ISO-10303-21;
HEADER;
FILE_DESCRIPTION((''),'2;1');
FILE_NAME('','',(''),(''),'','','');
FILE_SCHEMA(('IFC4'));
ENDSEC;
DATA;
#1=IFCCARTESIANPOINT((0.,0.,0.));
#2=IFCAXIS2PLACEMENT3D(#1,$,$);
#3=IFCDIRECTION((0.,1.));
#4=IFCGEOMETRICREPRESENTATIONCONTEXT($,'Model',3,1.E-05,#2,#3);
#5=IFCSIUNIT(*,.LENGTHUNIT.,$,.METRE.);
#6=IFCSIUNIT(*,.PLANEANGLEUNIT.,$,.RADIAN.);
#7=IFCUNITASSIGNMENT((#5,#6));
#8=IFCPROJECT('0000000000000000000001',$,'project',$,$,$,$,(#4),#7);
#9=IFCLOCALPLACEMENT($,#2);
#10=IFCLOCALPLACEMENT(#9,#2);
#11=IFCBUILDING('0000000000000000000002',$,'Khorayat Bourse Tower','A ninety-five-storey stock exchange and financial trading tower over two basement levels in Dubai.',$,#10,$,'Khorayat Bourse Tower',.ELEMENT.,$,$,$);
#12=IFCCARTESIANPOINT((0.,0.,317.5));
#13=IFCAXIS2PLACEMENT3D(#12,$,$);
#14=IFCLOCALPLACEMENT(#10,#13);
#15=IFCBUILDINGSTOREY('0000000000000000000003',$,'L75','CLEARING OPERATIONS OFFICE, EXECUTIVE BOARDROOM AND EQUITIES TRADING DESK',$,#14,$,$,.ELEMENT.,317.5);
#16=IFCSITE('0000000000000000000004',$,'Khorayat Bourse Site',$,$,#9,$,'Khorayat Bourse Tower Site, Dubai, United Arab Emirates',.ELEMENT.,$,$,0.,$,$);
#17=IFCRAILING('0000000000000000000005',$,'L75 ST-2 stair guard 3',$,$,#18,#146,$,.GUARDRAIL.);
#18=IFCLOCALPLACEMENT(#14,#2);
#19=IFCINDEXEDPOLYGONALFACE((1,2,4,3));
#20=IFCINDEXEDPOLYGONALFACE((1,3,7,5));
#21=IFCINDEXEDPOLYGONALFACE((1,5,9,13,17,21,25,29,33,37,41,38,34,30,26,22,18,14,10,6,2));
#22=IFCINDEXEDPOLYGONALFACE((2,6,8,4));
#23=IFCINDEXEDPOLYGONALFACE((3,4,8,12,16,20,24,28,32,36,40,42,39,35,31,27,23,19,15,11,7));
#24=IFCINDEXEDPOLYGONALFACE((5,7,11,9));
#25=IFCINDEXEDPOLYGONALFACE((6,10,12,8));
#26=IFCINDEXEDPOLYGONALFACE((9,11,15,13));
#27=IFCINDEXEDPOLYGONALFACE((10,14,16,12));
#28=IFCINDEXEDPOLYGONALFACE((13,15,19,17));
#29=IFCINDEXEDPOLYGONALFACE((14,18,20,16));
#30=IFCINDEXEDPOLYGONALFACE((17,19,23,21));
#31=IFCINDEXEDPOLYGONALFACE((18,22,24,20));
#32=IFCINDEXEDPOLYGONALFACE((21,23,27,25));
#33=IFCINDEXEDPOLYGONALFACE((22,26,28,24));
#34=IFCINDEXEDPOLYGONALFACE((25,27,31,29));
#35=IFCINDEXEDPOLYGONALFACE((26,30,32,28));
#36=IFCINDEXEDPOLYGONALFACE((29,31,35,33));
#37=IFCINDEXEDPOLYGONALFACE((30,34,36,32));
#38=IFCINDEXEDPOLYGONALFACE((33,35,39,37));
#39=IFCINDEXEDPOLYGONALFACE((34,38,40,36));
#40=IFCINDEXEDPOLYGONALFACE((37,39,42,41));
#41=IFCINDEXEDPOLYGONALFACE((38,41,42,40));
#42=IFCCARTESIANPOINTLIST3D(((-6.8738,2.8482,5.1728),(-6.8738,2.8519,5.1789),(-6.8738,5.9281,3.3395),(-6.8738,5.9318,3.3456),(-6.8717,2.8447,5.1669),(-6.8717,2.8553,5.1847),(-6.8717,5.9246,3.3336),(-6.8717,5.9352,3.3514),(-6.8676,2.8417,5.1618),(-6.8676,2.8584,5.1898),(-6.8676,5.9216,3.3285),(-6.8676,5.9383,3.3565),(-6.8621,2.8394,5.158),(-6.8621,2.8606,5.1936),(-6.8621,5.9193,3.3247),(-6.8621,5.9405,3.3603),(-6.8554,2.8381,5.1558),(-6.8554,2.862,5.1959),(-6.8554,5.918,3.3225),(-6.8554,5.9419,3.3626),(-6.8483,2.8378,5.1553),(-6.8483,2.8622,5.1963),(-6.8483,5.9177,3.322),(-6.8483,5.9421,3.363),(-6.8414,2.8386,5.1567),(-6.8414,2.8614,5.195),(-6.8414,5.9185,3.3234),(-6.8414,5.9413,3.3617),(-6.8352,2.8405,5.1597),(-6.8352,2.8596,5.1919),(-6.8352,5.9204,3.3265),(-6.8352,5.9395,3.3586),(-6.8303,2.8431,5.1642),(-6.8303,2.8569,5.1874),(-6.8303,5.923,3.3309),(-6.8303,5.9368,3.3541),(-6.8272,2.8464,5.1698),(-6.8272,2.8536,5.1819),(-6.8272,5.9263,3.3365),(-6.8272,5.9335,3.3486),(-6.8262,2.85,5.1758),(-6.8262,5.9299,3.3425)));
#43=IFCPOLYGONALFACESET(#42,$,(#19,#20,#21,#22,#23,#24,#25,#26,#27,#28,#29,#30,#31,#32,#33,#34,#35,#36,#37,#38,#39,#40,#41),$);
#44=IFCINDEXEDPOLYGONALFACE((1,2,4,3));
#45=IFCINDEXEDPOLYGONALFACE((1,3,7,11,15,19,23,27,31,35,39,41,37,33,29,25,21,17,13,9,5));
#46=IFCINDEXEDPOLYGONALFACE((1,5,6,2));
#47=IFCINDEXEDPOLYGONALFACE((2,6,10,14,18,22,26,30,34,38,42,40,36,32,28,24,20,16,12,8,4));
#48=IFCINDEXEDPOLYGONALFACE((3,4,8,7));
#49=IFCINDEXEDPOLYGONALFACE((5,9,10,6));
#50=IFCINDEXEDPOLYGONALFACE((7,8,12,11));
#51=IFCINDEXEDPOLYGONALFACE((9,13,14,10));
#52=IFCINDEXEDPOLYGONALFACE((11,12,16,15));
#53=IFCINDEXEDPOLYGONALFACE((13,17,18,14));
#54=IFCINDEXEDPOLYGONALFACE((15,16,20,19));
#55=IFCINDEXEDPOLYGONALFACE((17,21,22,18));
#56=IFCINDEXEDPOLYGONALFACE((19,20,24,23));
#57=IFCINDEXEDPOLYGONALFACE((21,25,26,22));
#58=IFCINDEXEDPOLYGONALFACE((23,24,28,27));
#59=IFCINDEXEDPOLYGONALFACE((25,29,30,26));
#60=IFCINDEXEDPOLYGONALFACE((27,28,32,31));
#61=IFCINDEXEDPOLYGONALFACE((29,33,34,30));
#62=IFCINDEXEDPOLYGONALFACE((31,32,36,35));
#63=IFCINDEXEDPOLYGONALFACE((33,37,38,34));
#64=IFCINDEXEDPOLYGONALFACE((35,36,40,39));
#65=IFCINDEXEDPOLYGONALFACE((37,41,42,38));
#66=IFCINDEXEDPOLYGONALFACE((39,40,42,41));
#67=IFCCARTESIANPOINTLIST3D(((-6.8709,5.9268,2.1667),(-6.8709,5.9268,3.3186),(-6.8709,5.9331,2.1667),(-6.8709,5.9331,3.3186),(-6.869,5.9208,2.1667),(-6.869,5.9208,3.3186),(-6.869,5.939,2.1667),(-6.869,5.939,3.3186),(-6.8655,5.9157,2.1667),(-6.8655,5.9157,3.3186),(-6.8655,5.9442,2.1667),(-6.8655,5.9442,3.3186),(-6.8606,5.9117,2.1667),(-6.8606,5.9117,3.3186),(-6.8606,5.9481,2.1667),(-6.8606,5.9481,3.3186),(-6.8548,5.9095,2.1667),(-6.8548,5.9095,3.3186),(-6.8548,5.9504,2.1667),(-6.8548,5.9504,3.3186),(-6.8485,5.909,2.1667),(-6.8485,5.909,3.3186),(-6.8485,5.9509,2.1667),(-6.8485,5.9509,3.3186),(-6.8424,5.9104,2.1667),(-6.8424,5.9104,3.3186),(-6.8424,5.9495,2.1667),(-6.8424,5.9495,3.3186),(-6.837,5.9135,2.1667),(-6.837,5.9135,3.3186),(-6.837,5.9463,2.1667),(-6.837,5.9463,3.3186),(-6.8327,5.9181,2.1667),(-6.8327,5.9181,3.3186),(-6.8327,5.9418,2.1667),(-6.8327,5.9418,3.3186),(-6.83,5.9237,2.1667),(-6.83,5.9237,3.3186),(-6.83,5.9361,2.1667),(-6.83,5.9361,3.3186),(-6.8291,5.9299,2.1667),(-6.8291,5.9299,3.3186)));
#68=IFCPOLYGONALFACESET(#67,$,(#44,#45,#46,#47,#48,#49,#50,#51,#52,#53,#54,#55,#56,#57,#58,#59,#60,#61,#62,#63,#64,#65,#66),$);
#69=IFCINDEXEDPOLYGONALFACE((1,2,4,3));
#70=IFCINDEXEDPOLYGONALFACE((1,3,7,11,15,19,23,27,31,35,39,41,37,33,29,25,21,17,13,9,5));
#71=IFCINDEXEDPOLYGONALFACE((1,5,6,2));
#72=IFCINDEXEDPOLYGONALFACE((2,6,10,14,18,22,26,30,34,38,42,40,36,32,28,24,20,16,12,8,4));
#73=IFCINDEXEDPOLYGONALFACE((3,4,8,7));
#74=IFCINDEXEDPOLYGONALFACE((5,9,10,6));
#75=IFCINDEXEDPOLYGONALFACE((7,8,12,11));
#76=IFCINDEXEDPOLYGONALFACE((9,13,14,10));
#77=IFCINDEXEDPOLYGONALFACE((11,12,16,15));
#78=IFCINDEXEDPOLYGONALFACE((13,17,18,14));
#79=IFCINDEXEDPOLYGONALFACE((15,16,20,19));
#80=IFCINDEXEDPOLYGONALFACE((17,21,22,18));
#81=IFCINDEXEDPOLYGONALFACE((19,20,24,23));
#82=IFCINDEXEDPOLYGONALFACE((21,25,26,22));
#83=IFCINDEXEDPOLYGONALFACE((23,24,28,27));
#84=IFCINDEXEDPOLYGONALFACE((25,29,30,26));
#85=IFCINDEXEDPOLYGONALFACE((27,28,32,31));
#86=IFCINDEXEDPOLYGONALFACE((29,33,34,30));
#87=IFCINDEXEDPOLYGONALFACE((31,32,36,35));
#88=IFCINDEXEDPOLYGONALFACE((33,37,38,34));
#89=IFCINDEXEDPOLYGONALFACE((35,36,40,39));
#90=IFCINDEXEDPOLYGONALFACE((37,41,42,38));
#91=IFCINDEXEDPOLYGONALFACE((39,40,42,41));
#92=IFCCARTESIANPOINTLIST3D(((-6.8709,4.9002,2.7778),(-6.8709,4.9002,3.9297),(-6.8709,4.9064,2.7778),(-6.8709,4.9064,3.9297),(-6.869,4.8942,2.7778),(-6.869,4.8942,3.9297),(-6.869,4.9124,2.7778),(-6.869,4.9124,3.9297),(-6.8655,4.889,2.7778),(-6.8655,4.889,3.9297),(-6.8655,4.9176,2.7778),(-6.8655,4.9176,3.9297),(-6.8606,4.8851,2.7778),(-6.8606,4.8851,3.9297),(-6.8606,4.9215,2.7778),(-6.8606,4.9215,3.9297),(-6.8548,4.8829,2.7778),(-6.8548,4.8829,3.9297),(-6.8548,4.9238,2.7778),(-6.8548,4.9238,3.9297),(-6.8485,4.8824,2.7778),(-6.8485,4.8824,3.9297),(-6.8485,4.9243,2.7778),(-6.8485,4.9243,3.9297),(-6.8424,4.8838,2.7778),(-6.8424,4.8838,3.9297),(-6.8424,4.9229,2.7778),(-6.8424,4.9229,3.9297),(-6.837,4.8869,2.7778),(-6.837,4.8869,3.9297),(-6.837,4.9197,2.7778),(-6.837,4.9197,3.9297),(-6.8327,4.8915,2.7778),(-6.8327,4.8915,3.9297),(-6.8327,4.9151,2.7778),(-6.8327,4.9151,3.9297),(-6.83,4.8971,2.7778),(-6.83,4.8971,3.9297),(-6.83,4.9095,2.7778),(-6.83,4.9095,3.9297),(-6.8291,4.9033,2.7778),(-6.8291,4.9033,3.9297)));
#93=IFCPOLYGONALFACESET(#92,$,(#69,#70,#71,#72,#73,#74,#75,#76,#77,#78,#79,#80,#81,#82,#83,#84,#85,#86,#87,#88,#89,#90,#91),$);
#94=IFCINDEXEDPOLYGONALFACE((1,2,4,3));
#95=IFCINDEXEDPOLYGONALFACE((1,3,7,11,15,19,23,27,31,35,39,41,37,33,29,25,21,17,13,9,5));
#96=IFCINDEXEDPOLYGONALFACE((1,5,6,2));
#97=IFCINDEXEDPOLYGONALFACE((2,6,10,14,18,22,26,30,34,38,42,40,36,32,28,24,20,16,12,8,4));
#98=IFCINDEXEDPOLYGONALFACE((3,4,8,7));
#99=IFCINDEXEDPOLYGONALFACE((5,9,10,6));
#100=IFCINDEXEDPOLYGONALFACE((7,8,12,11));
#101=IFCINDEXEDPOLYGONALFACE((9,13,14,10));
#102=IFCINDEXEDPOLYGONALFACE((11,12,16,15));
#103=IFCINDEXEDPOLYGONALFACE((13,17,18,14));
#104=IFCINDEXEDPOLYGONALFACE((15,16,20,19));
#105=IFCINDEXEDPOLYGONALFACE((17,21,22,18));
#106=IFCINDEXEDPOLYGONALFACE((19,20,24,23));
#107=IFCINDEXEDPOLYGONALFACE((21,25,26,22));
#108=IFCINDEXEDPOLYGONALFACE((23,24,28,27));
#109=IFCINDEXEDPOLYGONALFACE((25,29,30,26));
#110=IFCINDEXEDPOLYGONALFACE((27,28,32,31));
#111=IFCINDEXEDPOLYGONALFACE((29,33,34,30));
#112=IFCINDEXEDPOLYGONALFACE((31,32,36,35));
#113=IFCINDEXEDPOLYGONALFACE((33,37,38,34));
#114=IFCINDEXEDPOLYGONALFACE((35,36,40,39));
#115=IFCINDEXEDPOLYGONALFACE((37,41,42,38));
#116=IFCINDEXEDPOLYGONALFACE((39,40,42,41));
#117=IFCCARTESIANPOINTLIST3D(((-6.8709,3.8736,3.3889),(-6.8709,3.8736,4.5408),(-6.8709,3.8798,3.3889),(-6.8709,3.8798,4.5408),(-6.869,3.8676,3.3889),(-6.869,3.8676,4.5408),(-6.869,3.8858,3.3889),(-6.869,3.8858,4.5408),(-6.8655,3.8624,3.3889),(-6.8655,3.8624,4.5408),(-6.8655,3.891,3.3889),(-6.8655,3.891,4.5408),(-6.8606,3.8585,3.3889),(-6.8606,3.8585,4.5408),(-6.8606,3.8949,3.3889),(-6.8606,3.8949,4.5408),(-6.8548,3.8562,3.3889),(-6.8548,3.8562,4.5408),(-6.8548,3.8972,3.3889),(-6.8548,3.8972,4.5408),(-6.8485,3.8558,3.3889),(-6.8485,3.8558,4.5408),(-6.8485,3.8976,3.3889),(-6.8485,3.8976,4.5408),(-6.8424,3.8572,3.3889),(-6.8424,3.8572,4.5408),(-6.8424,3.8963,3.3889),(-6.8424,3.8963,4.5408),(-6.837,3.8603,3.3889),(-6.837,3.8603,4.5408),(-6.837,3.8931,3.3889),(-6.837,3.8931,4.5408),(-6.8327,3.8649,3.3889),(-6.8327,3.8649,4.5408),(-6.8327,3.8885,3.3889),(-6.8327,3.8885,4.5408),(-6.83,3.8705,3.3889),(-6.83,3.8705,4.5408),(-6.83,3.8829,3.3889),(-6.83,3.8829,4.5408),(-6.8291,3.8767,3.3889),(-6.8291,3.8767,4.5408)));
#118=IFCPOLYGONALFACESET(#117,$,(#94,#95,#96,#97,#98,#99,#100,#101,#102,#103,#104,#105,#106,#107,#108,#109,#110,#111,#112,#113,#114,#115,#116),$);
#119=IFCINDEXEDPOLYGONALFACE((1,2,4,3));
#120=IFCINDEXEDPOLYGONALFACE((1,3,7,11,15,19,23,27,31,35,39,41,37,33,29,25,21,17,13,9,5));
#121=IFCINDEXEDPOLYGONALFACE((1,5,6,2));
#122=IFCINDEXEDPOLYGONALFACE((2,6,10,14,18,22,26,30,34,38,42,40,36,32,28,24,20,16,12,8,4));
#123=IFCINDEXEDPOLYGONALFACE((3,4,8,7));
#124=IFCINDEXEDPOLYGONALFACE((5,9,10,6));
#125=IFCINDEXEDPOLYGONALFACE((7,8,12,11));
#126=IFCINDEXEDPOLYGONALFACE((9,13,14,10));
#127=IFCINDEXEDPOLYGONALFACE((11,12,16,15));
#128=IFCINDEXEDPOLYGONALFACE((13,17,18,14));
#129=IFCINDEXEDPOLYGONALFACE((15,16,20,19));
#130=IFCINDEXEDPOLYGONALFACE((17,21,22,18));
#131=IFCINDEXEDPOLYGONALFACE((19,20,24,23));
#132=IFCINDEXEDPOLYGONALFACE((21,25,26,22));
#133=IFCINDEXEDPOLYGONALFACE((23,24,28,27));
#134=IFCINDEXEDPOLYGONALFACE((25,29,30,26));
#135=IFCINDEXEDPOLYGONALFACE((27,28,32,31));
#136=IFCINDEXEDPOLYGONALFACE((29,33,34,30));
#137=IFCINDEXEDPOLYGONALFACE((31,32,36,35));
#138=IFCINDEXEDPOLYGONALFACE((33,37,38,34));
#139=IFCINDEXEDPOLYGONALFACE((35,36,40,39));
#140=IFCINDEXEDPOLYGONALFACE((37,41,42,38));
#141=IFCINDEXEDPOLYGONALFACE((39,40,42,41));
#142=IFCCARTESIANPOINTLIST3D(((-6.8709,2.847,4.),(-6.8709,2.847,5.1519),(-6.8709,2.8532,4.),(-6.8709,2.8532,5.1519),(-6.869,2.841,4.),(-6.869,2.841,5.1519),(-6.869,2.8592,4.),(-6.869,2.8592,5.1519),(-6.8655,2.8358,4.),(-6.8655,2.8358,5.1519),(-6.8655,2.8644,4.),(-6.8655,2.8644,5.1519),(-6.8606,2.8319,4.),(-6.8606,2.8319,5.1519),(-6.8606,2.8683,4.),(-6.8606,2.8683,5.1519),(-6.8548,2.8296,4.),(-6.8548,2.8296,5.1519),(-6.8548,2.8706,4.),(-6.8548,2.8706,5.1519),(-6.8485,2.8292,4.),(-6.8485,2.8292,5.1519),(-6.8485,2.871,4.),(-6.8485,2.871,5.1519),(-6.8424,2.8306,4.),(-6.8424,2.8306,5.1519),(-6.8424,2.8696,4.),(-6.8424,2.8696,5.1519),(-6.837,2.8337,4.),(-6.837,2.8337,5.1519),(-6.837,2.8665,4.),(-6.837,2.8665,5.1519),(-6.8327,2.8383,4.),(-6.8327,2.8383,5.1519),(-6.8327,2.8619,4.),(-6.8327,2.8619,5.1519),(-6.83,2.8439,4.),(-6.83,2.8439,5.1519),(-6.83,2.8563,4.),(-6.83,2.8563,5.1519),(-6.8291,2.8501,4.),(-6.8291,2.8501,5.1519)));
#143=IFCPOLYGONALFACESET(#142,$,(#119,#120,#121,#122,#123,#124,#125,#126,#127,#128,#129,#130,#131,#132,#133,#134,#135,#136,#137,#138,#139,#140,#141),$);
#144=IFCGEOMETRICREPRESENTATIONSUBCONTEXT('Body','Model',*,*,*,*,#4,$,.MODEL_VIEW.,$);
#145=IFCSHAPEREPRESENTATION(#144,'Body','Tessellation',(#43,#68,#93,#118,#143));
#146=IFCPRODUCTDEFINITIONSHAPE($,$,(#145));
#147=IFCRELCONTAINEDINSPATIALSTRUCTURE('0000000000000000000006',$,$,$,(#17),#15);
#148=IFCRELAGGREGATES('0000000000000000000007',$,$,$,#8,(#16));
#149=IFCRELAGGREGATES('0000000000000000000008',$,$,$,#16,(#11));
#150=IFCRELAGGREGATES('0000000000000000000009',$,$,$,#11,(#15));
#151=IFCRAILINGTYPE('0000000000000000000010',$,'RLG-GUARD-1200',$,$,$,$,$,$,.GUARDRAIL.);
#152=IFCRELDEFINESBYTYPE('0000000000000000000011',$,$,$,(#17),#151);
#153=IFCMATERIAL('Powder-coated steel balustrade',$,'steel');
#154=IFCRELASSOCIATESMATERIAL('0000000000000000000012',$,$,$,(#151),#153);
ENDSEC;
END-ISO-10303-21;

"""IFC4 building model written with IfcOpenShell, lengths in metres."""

from ifc_helpers import new_model, si_unit, direction, frame, origin, origin_2d, place, context, subcontext, project, spatial, circle, extrude, source, transform, mapped, material, type_object, element, save


model = new_model("IFC4")

# Units and contexts
model_context = context("Model", 3, precision=1e-05, world=origin(), true_north=direction((0.0, 1.0)))
body_context = subcontext(model_context, "Body", "Model", "MODEL_VIEW")
ifc_project = project(units=[si_unit("LENGTHUNIT", "METRE"), si_unit("PLANEANGLEUNIT", "RADIAN")], contexts=[model_context])

# Site, building, storey
site_placement = place(None, origin())
site = spatial("IfcSite", under=ifc_project, at=site_placement, Name="Khorayat Bourse Site", LongName="Khorayat Bourse Tower Site, Dubai, United Arab Emirates", CompositionType="ELEMENT", RefElevation=0.0)
building_placement = place(site_placement, origin())
building = spatial("IfcBuilding", under=site, at=building_placement, Name="Khorayat Bourse Tower", Description="A ninety-five-storey stock exchange and financial trading tower over two basement levels in Dubai.", LongName="Khorayat Bourse Tower", CompositionType="ELEMENT")
storey_placement = place(building_placement, frame((0.0, 0.0, 317.5)))
storey = spatial("IfcBuildingStorey", under=building, at=storey_placement, Name="L75", Description="CLEARING OPERATIONS OFFICE, EXECUTIVE BOARDROOM AND EQUITIES TRADING DESK", CompositionType="ELEMENT", Elevation=317.5)

# Railing
ifc_material_1 = material(Name="Powder-coated steel balustrade", Category="steel")
railing_type_1 = type_object("IfcRailingType", Name="RLG-GUARD-1200", PredefinedType="GUARDRAIL", material=ifc_material_1)
shared_shape_1 = source(origin(), body_context, "Body", "SweptSolid", [
    extrude(circle(Radius=0.0239, at=origin_2d()), frame((0.0, 0.0, 1.1758), z_axis=(0.0, -0.859291, 0.511487), x_axis=(1.0, 0.0, 0.0)), (0.0, 0.0, 1.0), 3.5842),
    extrude(circle(Radius=0.021, at=origin_2d()), origin(), (0.0, 0.0, 1.0), 1.1519),
    extrude(circle(Radius=0.021, at=origin_2d()), frame((0.0, -1.0266, 0.6111)), (0.0, 0.0, 1.0), 1.1519),
    extrude(circle(Radius=0.021, at=origin_2d()), frame((0.0, -2.0532, 1.2222)), (0.0, 0.0, 1.0), 1.1519),
    extrude(circle(Radius=0.021, at=origin_2d()), frame((0.0, -3.0798, 1.8333)), (0.0, 0.0, 1.0), 1.1519),
])
railing_1_placement = place(storey_placement, frame((-6.8501, 5.9299, 2.1667)))
element("IfcRailing", 1, at=railing_1_placement, inside=storey, type_object=railing_type_1, Name="L75 ST-2 stair guard 3", PredefinedType="GUARDRAIL", context=body_context, shape_type="MappedRepresentation", body=[
    mapped(shared_shape_1, transform((0.0, 0.0, 0.0), scale=1.0)),
])

save(model, "model.ifc")
